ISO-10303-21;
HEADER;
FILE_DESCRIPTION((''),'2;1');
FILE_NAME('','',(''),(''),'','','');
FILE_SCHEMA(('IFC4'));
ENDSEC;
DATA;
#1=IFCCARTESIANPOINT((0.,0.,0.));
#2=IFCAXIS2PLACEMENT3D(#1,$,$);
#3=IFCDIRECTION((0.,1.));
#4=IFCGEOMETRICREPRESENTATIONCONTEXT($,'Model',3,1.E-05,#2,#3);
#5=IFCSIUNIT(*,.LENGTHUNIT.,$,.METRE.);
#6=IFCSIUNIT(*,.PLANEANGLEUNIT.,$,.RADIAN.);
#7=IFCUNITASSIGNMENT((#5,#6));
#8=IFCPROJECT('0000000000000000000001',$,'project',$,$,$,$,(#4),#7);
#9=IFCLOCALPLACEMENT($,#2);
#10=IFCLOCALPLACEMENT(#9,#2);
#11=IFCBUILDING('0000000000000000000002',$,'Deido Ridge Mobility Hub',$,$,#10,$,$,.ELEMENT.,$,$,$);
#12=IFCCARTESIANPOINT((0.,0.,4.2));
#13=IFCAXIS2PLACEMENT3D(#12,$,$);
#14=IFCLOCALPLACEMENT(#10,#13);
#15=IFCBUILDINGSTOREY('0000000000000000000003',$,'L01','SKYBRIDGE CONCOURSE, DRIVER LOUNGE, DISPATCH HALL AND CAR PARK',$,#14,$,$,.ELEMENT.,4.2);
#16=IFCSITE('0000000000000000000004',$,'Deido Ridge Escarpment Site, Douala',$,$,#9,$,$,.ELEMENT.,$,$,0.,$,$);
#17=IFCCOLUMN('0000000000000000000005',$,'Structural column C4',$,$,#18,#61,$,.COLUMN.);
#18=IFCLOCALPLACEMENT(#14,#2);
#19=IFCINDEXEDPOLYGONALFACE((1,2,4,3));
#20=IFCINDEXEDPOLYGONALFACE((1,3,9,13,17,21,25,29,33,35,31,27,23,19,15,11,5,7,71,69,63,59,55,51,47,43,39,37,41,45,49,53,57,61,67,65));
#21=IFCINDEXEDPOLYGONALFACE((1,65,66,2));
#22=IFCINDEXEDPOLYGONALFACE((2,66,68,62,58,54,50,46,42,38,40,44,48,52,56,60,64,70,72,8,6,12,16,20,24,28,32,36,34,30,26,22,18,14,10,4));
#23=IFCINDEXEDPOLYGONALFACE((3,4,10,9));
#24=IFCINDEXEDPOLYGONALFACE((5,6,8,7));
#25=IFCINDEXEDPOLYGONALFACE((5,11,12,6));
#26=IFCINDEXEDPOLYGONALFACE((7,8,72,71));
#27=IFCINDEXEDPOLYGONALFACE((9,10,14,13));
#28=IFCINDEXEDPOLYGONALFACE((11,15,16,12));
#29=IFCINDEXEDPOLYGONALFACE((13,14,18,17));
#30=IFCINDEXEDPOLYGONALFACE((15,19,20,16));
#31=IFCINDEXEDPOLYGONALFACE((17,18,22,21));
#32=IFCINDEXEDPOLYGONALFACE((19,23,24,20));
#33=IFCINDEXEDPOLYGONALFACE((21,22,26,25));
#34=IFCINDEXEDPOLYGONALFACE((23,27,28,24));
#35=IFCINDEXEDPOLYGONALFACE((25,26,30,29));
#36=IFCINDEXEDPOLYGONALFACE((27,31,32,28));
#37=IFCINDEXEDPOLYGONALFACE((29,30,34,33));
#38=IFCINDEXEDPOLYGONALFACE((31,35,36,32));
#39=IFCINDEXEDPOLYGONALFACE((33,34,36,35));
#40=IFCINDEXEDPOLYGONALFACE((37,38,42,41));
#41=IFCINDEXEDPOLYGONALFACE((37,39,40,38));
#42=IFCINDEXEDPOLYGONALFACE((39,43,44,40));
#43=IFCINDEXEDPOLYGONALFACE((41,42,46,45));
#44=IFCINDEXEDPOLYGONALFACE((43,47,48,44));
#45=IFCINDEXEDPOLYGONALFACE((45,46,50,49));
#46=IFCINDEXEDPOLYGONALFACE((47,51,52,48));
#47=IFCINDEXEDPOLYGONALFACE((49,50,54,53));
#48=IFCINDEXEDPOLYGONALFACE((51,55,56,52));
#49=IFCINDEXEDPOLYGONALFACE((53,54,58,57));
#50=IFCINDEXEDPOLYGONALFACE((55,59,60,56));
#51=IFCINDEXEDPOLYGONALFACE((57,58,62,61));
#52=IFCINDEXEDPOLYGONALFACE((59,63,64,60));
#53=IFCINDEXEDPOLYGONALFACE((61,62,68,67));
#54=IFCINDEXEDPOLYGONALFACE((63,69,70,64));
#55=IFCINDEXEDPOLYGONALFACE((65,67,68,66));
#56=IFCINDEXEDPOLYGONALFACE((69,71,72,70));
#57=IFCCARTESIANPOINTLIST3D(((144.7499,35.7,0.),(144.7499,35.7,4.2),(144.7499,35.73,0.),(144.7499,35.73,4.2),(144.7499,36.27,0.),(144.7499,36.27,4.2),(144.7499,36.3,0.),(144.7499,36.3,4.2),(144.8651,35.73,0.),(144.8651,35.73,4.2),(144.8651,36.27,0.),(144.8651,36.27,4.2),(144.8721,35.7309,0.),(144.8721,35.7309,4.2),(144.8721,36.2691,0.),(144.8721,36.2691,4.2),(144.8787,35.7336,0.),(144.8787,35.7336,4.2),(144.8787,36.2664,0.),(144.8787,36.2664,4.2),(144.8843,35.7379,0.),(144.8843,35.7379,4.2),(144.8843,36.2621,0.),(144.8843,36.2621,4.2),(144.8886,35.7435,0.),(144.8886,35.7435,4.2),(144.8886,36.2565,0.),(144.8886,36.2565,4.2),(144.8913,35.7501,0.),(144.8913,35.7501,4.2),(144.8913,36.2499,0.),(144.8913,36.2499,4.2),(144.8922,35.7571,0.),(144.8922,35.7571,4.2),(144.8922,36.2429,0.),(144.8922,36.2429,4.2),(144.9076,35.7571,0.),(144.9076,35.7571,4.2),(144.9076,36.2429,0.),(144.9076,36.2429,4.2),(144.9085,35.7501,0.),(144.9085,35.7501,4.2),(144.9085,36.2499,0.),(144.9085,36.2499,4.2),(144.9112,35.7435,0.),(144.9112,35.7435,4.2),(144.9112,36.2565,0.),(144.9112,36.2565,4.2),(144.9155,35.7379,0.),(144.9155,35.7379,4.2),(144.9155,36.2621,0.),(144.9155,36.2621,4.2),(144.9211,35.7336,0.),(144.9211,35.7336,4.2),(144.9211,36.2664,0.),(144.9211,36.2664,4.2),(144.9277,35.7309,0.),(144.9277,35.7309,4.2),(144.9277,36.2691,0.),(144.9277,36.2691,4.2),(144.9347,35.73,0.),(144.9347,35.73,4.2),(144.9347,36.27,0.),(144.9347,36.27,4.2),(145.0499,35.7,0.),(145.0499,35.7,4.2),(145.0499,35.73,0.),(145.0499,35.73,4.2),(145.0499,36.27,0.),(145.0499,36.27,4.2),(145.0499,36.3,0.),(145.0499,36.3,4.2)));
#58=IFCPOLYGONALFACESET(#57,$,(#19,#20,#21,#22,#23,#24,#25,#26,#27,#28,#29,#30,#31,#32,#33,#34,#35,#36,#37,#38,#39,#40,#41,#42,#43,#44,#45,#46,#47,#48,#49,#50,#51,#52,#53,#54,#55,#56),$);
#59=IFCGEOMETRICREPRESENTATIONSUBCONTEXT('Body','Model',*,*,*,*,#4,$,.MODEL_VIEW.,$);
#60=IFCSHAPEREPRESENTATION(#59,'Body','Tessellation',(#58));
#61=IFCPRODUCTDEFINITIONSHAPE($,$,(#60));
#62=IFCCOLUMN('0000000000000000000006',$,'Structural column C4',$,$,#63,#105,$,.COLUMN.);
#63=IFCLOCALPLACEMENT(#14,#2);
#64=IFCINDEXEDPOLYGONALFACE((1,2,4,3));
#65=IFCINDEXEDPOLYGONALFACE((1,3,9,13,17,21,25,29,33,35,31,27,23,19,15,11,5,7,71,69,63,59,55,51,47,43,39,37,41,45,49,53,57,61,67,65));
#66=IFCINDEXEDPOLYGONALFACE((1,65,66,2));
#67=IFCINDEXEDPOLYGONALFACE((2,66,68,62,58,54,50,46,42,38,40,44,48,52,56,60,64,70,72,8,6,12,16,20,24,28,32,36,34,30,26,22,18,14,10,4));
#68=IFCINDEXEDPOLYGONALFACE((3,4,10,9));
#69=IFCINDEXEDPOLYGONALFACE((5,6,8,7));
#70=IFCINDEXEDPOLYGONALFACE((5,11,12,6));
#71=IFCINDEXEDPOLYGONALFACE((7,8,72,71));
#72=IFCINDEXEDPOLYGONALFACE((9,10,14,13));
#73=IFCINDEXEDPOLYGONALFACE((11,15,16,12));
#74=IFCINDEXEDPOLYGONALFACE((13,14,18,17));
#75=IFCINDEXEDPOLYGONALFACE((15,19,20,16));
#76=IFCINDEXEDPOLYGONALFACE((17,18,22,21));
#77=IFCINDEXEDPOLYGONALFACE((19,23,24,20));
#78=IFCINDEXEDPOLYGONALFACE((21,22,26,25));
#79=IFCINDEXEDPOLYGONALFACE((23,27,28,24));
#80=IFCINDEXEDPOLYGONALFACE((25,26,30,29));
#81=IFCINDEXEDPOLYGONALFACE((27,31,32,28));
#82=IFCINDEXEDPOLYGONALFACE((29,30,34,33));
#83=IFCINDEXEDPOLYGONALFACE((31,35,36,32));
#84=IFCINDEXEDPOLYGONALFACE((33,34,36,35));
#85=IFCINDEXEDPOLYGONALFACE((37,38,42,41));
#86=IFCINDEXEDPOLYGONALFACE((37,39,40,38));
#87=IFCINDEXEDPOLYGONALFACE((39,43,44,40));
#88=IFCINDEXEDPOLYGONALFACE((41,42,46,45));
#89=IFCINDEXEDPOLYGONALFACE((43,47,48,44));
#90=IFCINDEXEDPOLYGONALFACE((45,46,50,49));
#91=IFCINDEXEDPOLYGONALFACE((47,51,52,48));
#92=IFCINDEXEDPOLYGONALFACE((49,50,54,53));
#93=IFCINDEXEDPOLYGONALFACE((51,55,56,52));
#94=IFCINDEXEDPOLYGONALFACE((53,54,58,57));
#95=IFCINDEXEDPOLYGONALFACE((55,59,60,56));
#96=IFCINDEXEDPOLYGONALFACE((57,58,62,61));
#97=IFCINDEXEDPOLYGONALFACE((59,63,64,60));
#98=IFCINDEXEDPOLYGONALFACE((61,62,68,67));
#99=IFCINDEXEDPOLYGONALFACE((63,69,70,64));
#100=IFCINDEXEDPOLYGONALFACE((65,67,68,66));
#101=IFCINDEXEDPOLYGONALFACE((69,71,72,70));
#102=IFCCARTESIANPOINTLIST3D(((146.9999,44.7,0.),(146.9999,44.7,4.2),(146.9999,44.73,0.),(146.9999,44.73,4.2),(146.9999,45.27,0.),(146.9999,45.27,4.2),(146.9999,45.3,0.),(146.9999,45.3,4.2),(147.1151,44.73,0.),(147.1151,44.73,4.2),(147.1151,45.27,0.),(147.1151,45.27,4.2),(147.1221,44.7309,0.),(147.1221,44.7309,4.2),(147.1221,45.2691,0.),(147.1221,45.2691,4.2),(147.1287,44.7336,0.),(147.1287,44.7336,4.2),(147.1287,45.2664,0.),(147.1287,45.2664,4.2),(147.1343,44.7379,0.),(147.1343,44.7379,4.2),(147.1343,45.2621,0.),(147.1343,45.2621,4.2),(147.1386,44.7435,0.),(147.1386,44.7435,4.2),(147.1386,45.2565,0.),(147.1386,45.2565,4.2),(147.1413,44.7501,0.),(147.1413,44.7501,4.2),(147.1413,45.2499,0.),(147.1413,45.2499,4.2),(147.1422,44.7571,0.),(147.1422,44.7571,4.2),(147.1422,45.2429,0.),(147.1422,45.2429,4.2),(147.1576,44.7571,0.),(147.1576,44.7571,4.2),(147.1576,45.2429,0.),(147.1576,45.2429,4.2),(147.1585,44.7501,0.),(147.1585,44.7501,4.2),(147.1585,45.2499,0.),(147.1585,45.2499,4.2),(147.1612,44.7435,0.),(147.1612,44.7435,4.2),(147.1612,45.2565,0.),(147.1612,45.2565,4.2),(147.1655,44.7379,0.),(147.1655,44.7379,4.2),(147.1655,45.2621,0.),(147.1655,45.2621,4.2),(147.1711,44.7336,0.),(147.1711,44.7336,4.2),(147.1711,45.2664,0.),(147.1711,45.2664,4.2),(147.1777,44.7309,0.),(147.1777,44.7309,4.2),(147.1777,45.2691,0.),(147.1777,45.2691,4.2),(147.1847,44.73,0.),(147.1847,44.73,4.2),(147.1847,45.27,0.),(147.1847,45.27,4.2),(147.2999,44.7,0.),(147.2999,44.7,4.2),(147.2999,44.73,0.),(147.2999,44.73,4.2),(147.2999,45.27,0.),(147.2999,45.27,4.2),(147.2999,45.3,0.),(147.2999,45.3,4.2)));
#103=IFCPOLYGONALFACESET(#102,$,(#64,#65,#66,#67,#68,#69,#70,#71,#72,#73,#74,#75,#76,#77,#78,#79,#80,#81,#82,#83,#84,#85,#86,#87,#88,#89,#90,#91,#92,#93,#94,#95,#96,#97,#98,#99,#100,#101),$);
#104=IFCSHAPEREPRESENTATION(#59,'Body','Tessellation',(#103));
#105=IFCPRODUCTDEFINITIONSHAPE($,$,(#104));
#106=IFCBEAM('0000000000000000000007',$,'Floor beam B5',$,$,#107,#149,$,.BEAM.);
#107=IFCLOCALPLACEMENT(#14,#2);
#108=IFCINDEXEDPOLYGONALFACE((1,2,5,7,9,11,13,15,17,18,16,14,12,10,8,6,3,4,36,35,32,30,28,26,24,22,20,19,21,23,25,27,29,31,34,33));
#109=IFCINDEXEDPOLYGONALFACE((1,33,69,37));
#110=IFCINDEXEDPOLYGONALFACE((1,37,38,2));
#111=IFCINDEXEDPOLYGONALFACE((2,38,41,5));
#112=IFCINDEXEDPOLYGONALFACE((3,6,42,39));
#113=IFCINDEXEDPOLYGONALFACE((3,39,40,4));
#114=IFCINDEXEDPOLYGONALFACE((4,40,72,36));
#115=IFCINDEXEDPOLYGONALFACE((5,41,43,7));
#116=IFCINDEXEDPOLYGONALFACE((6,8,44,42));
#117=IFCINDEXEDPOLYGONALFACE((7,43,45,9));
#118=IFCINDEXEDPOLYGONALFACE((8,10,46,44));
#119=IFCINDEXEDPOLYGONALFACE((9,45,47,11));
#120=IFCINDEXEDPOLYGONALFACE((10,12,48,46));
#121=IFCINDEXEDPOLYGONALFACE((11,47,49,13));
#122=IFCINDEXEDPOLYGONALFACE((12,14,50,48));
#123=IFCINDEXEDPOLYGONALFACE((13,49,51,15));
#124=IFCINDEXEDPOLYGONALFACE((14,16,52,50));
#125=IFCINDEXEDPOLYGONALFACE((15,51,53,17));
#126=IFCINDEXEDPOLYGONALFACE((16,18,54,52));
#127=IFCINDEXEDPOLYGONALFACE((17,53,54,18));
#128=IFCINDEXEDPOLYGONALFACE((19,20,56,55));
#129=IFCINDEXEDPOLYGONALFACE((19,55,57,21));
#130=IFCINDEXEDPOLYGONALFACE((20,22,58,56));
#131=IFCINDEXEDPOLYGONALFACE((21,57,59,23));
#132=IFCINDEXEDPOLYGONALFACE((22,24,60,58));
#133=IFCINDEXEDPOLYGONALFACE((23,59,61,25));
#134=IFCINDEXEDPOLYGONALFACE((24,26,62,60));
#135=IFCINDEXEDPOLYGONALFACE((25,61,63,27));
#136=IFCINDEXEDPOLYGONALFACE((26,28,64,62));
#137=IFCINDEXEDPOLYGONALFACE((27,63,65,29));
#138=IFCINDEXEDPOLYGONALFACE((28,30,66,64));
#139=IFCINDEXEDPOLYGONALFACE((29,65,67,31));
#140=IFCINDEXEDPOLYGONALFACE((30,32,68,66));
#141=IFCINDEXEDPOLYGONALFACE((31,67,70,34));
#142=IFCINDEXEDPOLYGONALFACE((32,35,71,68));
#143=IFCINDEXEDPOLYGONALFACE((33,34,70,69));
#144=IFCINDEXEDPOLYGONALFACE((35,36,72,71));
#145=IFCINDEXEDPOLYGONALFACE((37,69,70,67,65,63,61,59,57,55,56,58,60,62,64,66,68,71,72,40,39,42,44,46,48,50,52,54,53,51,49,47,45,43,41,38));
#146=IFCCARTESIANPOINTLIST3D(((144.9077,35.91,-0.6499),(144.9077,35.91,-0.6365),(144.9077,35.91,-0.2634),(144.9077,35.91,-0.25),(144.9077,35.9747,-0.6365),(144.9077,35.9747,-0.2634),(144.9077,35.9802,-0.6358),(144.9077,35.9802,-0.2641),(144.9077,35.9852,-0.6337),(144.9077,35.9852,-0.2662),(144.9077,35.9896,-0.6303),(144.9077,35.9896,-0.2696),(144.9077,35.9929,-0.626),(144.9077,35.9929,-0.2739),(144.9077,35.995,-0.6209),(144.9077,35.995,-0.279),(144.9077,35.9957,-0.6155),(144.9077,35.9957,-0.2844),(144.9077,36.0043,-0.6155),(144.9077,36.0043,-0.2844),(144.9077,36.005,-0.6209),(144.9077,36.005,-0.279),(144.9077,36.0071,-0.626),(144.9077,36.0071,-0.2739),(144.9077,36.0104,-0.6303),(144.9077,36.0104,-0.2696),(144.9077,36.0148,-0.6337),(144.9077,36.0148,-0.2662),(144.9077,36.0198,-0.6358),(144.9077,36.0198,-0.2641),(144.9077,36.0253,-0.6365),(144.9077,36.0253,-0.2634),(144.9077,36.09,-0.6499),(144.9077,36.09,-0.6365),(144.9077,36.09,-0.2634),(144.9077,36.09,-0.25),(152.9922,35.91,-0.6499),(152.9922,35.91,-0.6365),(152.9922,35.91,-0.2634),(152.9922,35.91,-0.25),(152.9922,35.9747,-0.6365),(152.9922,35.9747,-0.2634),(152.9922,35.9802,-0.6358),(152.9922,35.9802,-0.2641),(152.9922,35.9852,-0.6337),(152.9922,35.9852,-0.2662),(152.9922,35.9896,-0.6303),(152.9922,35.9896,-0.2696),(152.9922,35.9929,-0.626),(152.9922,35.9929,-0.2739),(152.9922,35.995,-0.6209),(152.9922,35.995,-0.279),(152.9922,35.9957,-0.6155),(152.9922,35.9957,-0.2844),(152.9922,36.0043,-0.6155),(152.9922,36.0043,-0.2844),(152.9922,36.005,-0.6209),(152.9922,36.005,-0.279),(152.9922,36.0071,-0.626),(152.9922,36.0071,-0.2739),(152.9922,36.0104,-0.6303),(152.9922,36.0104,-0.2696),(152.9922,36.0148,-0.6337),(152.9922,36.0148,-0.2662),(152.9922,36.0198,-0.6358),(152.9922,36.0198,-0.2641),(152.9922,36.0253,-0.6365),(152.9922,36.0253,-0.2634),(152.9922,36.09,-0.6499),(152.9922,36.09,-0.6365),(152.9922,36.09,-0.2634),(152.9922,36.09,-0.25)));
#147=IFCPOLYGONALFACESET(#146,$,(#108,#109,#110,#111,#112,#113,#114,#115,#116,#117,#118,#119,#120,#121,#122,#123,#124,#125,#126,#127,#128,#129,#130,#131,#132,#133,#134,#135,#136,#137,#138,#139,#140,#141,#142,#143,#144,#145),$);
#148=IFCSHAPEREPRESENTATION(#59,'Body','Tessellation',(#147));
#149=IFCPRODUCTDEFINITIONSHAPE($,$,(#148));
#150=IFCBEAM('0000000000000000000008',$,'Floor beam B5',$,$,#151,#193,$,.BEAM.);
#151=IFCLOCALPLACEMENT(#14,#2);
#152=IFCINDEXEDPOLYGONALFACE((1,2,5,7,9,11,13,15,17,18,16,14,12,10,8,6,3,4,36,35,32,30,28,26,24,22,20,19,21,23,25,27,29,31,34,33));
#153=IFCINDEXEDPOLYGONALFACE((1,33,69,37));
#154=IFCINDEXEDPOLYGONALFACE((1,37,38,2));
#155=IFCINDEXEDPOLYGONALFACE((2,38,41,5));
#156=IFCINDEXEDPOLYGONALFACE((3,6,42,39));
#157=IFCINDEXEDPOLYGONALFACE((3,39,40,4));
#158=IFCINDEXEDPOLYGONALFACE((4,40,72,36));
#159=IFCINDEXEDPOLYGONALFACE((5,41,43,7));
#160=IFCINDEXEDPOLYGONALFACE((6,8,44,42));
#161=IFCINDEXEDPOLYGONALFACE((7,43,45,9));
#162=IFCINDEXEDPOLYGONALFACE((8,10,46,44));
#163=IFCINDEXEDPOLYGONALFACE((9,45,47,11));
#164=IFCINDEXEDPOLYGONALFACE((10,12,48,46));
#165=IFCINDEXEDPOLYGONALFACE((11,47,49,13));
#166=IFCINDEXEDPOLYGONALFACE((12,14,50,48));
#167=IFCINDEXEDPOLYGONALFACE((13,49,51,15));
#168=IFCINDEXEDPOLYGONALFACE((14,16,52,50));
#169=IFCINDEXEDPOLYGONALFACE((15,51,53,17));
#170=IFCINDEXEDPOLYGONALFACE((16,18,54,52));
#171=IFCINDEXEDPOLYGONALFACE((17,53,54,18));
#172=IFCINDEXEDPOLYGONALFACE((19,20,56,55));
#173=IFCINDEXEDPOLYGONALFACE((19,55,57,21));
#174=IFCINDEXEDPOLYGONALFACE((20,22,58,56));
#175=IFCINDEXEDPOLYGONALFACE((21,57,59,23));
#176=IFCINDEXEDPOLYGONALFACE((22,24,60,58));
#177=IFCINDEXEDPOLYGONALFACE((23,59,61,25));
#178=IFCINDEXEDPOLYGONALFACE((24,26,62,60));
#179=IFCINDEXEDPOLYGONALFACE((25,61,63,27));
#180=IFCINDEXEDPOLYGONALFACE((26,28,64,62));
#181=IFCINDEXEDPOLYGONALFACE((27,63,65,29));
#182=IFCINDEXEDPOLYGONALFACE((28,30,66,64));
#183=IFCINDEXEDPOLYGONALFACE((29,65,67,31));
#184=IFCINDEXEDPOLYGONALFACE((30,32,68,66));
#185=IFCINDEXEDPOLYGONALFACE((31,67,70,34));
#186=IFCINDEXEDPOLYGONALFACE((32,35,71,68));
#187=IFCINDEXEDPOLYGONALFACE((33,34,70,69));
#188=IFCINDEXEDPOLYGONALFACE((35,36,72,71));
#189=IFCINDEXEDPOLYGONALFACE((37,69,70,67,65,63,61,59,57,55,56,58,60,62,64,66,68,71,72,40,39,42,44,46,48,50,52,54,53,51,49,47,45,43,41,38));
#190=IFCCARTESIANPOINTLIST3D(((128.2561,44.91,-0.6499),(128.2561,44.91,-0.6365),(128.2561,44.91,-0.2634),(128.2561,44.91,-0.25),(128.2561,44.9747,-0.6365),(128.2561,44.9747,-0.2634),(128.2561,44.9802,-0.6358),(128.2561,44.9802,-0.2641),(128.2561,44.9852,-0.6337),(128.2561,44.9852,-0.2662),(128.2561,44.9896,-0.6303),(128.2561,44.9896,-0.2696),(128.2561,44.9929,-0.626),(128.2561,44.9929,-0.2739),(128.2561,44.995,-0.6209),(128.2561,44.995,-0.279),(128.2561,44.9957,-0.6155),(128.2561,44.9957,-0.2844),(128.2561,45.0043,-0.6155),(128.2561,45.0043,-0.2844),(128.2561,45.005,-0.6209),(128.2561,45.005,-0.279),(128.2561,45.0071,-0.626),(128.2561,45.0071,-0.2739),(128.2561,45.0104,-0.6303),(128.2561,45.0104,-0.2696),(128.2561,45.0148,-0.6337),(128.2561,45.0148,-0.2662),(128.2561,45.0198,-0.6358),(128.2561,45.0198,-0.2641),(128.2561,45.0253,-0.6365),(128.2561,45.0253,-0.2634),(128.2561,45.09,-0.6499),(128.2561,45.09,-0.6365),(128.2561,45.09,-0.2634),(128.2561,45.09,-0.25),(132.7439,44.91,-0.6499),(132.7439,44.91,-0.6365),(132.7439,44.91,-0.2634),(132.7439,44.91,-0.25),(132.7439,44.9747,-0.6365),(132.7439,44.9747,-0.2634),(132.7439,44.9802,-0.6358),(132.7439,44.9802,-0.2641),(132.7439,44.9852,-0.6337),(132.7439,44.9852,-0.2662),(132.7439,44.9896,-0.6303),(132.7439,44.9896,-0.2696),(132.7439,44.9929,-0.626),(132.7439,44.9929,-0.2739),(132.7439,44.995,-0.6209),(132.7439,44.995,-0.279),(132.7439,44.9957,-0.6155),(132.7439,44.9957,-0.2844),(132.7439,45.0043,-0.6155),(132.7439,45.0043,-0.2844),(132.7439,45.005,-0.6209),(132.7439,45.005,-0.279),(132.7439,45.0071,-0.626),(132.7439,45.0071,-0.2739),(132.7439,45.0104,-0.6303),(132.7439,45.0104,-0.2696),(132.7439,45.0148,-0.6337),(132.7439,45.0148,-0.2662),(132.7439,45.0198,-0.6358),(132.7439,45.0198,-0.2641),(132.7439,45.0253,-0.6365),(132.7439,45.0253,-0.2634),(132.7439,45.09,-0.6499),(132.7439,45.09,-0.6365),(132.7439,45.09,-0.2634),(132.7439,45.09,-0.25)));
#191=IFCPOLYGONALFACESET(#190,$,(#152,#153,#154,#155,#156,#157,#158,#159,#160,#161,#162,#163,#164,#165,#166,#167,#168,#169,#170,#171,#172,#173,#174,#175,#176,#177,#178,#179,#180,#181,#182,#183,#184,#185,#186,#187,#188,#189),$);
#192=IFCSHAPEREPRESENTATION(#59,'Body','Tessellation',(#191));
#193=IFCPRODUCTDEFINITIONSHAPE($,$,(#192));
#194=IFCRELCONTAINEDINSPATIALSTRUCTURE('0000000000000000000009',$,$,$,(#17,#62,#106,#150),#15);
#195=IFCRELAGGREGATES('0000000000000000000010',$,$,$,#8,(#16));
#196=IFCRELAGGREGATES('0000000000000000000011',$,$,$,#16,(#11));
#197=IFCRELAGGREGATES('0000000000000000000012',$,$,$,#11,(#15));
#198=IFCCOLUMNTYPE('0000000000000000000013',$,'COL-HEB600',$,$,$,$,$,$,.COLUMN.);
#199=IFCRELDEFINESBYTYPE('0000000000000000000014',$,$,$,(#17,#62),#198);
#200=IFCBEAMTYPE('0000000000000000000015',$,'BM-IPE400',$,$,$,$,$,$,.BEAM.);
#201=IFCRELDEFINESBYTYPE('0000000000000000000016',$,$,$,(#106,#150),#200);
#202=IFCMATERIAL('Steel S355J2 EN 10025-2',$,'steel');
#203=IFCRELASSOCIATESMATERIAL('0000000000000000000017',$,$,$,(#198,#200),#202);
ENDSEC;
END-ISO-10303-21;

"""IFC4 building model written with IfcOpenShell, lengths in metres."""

from ifc_helpers import new_model, si_unit, direction, frame, origin, origin_2d, place, context, subcontext, project, spatial, i_section, extrude, material, material_profile, profile_set, type_object, element, save


model = new_model("IFC4")

# Units and contexts
model_context = context("Model", 3, precision=1e-05, world=origin(), true_north=direction((0.0, 1.0)))
body_context = subcontext(model_context, "Body", "Model", "MODEL_VIEW")
ifc_project = project(units=[si_unit("LENGTHUNIT", "METRE"), si_unit("PLANEANGLEUNIT", "RADIAN")], contexts=[model_context])

# Site, building, storey
site_placement = place(None, origin())
site = spatial("IfcSite", under=ifc_project, at=site_placement, Name="Deido Ridge Escarpment Site, Douala", CompositionType="ELEMENT", RefElevation=0.0)
building_placement = place(site_placement, origin())
building = spatial("IfcBuilding", under=site, at=building_placement, Name="Deido Ridge Mobility Hub", CompositionType="ELEMENT")
storey_placement = place(building_placement, frame((0.0, 0.0, 4.2)))
storey = spatial("IfcBuildingStorey", under=building, at=storey_placement, Name="L01", Description="SKYBRIDGE CONCOURSE, DRIVER LOUNGE, DISPATCH HALL AND CAR PARK", CompositionType="ELEMENT", Elevation=4.2)

# Columns
ifc_material_1 = material(Name="Steel S355J2 EN 10025-2", Category="steel")
ifc_material_profile_1 = material_profile(ifc_material_1, i_section(OverallWidth=0.3, OverallDepth=0.6001, WebThickness=0.0154, FlangeThickness=0.03, FilletRadius=0.0271, at=origin_2d()), Name="HEB 600")
ifc_profile_set_1 = profile_set([ifc_material_profile_1], Name="Steel S355J2 EN 10025-2")
column_type_1 = type_object("IfcColumnType", Name="COL-HEB600", PredefinedType="COLUMN", material=ifc_profile_set_1)
for number, where, z_axis, x_axis, name in (
    (1, (144.8999, 36.0, 0.0), (0.0, 0.0, 1.0), (1.0, 0.0, 0.0), "Structural column C4"),
    (2, (147.1499, 45.0, 0.0), (0.0, 0.0, 1.0), (1.0, 0.0, 0.0), "Structural column C4"),
):
    element("IfcColumn", number, at=place(storey_placement, frame(where, z_axis=z_axis, x_axis=x_axis)), inside=storey, type_object=column_type_1, Name=name, PredefinedType="COLUMN", context=body_context, shape_type="SweptSolid", body=[
        extrude(i_section(OverallWidth=0.3, OverallDepth=0.6001, WebThickness=0.0154, FlangeThickness=0.03, FilletRadius=0.0271, at=origin_2d()), origin(), (0.0, 0.0, 1.0), 4.2),
    ])

# Beams
ifc_material_profile_2 = material_profile(ifc_material_1, i_section(OverallWidth=0.1799, OverallDepth=0.3999, WebThickness=0.0085, FlangeThickness=0.0134, FilletRadius=0.021, at=origin_2d()), Name="IPE 400")
ifc_profile_set_2 = profile_set([ifc_material_profile_2], Name="Steel S355J2 EN 10025-2")
beam_type_1 = type_object("IfcBeamType", Name="BM-IPE400", PredefinedType="BEAM", material=ifc_profile_set_2)
beam_1_placement = place(storey_placement, frame((144.9077, 36.0, -0.45), z_axis=(1.0, 0.0, 0.0), x_axis=(0.0, 1.0, 0.0)))
element("IfcBeam", 3, at=beam_1_placement, inside=storey, type_object=beam_type_1, Name="Floor beam B5", PredefinedType="BEAM", context=body_context, shape_type="SweptSolid", body=[
    extrude(i_section(OverallWidth=0.1799, OverallDepth=0.3999, WebThickness=0.0085, FlangeThickness=0.0134, FilletRadius=0.021, at=origin_2d()), origin(), (0.0, 0.0, 1.0), 8.0845),
])
beam_2_placement = place(storey_placement, frame((128.2561, 45.0, -0.45), z_axis=(1.0, 0.0, 0.0), x_axis=(0.0, 1.0, 0.0)))
element("IfcBeam", 4, at=beam_2_placement, inside=storey, type_object=beam_type_1, Name="Floor beam B5", PredefinedType="BEAM", context=body_context, shape_type="SweptSolid", body=[
    extrude(i_section(OverallWidth=0.1799, OverallDepth=0.3999, WebThickness=0.0085, FlangeThickness=0.0134, FilletRadius=0.021, at=origin_2d()), origin(), (0.0, 0.0, 1.0), 4.4878),
])

save(model, "model.ifc")
